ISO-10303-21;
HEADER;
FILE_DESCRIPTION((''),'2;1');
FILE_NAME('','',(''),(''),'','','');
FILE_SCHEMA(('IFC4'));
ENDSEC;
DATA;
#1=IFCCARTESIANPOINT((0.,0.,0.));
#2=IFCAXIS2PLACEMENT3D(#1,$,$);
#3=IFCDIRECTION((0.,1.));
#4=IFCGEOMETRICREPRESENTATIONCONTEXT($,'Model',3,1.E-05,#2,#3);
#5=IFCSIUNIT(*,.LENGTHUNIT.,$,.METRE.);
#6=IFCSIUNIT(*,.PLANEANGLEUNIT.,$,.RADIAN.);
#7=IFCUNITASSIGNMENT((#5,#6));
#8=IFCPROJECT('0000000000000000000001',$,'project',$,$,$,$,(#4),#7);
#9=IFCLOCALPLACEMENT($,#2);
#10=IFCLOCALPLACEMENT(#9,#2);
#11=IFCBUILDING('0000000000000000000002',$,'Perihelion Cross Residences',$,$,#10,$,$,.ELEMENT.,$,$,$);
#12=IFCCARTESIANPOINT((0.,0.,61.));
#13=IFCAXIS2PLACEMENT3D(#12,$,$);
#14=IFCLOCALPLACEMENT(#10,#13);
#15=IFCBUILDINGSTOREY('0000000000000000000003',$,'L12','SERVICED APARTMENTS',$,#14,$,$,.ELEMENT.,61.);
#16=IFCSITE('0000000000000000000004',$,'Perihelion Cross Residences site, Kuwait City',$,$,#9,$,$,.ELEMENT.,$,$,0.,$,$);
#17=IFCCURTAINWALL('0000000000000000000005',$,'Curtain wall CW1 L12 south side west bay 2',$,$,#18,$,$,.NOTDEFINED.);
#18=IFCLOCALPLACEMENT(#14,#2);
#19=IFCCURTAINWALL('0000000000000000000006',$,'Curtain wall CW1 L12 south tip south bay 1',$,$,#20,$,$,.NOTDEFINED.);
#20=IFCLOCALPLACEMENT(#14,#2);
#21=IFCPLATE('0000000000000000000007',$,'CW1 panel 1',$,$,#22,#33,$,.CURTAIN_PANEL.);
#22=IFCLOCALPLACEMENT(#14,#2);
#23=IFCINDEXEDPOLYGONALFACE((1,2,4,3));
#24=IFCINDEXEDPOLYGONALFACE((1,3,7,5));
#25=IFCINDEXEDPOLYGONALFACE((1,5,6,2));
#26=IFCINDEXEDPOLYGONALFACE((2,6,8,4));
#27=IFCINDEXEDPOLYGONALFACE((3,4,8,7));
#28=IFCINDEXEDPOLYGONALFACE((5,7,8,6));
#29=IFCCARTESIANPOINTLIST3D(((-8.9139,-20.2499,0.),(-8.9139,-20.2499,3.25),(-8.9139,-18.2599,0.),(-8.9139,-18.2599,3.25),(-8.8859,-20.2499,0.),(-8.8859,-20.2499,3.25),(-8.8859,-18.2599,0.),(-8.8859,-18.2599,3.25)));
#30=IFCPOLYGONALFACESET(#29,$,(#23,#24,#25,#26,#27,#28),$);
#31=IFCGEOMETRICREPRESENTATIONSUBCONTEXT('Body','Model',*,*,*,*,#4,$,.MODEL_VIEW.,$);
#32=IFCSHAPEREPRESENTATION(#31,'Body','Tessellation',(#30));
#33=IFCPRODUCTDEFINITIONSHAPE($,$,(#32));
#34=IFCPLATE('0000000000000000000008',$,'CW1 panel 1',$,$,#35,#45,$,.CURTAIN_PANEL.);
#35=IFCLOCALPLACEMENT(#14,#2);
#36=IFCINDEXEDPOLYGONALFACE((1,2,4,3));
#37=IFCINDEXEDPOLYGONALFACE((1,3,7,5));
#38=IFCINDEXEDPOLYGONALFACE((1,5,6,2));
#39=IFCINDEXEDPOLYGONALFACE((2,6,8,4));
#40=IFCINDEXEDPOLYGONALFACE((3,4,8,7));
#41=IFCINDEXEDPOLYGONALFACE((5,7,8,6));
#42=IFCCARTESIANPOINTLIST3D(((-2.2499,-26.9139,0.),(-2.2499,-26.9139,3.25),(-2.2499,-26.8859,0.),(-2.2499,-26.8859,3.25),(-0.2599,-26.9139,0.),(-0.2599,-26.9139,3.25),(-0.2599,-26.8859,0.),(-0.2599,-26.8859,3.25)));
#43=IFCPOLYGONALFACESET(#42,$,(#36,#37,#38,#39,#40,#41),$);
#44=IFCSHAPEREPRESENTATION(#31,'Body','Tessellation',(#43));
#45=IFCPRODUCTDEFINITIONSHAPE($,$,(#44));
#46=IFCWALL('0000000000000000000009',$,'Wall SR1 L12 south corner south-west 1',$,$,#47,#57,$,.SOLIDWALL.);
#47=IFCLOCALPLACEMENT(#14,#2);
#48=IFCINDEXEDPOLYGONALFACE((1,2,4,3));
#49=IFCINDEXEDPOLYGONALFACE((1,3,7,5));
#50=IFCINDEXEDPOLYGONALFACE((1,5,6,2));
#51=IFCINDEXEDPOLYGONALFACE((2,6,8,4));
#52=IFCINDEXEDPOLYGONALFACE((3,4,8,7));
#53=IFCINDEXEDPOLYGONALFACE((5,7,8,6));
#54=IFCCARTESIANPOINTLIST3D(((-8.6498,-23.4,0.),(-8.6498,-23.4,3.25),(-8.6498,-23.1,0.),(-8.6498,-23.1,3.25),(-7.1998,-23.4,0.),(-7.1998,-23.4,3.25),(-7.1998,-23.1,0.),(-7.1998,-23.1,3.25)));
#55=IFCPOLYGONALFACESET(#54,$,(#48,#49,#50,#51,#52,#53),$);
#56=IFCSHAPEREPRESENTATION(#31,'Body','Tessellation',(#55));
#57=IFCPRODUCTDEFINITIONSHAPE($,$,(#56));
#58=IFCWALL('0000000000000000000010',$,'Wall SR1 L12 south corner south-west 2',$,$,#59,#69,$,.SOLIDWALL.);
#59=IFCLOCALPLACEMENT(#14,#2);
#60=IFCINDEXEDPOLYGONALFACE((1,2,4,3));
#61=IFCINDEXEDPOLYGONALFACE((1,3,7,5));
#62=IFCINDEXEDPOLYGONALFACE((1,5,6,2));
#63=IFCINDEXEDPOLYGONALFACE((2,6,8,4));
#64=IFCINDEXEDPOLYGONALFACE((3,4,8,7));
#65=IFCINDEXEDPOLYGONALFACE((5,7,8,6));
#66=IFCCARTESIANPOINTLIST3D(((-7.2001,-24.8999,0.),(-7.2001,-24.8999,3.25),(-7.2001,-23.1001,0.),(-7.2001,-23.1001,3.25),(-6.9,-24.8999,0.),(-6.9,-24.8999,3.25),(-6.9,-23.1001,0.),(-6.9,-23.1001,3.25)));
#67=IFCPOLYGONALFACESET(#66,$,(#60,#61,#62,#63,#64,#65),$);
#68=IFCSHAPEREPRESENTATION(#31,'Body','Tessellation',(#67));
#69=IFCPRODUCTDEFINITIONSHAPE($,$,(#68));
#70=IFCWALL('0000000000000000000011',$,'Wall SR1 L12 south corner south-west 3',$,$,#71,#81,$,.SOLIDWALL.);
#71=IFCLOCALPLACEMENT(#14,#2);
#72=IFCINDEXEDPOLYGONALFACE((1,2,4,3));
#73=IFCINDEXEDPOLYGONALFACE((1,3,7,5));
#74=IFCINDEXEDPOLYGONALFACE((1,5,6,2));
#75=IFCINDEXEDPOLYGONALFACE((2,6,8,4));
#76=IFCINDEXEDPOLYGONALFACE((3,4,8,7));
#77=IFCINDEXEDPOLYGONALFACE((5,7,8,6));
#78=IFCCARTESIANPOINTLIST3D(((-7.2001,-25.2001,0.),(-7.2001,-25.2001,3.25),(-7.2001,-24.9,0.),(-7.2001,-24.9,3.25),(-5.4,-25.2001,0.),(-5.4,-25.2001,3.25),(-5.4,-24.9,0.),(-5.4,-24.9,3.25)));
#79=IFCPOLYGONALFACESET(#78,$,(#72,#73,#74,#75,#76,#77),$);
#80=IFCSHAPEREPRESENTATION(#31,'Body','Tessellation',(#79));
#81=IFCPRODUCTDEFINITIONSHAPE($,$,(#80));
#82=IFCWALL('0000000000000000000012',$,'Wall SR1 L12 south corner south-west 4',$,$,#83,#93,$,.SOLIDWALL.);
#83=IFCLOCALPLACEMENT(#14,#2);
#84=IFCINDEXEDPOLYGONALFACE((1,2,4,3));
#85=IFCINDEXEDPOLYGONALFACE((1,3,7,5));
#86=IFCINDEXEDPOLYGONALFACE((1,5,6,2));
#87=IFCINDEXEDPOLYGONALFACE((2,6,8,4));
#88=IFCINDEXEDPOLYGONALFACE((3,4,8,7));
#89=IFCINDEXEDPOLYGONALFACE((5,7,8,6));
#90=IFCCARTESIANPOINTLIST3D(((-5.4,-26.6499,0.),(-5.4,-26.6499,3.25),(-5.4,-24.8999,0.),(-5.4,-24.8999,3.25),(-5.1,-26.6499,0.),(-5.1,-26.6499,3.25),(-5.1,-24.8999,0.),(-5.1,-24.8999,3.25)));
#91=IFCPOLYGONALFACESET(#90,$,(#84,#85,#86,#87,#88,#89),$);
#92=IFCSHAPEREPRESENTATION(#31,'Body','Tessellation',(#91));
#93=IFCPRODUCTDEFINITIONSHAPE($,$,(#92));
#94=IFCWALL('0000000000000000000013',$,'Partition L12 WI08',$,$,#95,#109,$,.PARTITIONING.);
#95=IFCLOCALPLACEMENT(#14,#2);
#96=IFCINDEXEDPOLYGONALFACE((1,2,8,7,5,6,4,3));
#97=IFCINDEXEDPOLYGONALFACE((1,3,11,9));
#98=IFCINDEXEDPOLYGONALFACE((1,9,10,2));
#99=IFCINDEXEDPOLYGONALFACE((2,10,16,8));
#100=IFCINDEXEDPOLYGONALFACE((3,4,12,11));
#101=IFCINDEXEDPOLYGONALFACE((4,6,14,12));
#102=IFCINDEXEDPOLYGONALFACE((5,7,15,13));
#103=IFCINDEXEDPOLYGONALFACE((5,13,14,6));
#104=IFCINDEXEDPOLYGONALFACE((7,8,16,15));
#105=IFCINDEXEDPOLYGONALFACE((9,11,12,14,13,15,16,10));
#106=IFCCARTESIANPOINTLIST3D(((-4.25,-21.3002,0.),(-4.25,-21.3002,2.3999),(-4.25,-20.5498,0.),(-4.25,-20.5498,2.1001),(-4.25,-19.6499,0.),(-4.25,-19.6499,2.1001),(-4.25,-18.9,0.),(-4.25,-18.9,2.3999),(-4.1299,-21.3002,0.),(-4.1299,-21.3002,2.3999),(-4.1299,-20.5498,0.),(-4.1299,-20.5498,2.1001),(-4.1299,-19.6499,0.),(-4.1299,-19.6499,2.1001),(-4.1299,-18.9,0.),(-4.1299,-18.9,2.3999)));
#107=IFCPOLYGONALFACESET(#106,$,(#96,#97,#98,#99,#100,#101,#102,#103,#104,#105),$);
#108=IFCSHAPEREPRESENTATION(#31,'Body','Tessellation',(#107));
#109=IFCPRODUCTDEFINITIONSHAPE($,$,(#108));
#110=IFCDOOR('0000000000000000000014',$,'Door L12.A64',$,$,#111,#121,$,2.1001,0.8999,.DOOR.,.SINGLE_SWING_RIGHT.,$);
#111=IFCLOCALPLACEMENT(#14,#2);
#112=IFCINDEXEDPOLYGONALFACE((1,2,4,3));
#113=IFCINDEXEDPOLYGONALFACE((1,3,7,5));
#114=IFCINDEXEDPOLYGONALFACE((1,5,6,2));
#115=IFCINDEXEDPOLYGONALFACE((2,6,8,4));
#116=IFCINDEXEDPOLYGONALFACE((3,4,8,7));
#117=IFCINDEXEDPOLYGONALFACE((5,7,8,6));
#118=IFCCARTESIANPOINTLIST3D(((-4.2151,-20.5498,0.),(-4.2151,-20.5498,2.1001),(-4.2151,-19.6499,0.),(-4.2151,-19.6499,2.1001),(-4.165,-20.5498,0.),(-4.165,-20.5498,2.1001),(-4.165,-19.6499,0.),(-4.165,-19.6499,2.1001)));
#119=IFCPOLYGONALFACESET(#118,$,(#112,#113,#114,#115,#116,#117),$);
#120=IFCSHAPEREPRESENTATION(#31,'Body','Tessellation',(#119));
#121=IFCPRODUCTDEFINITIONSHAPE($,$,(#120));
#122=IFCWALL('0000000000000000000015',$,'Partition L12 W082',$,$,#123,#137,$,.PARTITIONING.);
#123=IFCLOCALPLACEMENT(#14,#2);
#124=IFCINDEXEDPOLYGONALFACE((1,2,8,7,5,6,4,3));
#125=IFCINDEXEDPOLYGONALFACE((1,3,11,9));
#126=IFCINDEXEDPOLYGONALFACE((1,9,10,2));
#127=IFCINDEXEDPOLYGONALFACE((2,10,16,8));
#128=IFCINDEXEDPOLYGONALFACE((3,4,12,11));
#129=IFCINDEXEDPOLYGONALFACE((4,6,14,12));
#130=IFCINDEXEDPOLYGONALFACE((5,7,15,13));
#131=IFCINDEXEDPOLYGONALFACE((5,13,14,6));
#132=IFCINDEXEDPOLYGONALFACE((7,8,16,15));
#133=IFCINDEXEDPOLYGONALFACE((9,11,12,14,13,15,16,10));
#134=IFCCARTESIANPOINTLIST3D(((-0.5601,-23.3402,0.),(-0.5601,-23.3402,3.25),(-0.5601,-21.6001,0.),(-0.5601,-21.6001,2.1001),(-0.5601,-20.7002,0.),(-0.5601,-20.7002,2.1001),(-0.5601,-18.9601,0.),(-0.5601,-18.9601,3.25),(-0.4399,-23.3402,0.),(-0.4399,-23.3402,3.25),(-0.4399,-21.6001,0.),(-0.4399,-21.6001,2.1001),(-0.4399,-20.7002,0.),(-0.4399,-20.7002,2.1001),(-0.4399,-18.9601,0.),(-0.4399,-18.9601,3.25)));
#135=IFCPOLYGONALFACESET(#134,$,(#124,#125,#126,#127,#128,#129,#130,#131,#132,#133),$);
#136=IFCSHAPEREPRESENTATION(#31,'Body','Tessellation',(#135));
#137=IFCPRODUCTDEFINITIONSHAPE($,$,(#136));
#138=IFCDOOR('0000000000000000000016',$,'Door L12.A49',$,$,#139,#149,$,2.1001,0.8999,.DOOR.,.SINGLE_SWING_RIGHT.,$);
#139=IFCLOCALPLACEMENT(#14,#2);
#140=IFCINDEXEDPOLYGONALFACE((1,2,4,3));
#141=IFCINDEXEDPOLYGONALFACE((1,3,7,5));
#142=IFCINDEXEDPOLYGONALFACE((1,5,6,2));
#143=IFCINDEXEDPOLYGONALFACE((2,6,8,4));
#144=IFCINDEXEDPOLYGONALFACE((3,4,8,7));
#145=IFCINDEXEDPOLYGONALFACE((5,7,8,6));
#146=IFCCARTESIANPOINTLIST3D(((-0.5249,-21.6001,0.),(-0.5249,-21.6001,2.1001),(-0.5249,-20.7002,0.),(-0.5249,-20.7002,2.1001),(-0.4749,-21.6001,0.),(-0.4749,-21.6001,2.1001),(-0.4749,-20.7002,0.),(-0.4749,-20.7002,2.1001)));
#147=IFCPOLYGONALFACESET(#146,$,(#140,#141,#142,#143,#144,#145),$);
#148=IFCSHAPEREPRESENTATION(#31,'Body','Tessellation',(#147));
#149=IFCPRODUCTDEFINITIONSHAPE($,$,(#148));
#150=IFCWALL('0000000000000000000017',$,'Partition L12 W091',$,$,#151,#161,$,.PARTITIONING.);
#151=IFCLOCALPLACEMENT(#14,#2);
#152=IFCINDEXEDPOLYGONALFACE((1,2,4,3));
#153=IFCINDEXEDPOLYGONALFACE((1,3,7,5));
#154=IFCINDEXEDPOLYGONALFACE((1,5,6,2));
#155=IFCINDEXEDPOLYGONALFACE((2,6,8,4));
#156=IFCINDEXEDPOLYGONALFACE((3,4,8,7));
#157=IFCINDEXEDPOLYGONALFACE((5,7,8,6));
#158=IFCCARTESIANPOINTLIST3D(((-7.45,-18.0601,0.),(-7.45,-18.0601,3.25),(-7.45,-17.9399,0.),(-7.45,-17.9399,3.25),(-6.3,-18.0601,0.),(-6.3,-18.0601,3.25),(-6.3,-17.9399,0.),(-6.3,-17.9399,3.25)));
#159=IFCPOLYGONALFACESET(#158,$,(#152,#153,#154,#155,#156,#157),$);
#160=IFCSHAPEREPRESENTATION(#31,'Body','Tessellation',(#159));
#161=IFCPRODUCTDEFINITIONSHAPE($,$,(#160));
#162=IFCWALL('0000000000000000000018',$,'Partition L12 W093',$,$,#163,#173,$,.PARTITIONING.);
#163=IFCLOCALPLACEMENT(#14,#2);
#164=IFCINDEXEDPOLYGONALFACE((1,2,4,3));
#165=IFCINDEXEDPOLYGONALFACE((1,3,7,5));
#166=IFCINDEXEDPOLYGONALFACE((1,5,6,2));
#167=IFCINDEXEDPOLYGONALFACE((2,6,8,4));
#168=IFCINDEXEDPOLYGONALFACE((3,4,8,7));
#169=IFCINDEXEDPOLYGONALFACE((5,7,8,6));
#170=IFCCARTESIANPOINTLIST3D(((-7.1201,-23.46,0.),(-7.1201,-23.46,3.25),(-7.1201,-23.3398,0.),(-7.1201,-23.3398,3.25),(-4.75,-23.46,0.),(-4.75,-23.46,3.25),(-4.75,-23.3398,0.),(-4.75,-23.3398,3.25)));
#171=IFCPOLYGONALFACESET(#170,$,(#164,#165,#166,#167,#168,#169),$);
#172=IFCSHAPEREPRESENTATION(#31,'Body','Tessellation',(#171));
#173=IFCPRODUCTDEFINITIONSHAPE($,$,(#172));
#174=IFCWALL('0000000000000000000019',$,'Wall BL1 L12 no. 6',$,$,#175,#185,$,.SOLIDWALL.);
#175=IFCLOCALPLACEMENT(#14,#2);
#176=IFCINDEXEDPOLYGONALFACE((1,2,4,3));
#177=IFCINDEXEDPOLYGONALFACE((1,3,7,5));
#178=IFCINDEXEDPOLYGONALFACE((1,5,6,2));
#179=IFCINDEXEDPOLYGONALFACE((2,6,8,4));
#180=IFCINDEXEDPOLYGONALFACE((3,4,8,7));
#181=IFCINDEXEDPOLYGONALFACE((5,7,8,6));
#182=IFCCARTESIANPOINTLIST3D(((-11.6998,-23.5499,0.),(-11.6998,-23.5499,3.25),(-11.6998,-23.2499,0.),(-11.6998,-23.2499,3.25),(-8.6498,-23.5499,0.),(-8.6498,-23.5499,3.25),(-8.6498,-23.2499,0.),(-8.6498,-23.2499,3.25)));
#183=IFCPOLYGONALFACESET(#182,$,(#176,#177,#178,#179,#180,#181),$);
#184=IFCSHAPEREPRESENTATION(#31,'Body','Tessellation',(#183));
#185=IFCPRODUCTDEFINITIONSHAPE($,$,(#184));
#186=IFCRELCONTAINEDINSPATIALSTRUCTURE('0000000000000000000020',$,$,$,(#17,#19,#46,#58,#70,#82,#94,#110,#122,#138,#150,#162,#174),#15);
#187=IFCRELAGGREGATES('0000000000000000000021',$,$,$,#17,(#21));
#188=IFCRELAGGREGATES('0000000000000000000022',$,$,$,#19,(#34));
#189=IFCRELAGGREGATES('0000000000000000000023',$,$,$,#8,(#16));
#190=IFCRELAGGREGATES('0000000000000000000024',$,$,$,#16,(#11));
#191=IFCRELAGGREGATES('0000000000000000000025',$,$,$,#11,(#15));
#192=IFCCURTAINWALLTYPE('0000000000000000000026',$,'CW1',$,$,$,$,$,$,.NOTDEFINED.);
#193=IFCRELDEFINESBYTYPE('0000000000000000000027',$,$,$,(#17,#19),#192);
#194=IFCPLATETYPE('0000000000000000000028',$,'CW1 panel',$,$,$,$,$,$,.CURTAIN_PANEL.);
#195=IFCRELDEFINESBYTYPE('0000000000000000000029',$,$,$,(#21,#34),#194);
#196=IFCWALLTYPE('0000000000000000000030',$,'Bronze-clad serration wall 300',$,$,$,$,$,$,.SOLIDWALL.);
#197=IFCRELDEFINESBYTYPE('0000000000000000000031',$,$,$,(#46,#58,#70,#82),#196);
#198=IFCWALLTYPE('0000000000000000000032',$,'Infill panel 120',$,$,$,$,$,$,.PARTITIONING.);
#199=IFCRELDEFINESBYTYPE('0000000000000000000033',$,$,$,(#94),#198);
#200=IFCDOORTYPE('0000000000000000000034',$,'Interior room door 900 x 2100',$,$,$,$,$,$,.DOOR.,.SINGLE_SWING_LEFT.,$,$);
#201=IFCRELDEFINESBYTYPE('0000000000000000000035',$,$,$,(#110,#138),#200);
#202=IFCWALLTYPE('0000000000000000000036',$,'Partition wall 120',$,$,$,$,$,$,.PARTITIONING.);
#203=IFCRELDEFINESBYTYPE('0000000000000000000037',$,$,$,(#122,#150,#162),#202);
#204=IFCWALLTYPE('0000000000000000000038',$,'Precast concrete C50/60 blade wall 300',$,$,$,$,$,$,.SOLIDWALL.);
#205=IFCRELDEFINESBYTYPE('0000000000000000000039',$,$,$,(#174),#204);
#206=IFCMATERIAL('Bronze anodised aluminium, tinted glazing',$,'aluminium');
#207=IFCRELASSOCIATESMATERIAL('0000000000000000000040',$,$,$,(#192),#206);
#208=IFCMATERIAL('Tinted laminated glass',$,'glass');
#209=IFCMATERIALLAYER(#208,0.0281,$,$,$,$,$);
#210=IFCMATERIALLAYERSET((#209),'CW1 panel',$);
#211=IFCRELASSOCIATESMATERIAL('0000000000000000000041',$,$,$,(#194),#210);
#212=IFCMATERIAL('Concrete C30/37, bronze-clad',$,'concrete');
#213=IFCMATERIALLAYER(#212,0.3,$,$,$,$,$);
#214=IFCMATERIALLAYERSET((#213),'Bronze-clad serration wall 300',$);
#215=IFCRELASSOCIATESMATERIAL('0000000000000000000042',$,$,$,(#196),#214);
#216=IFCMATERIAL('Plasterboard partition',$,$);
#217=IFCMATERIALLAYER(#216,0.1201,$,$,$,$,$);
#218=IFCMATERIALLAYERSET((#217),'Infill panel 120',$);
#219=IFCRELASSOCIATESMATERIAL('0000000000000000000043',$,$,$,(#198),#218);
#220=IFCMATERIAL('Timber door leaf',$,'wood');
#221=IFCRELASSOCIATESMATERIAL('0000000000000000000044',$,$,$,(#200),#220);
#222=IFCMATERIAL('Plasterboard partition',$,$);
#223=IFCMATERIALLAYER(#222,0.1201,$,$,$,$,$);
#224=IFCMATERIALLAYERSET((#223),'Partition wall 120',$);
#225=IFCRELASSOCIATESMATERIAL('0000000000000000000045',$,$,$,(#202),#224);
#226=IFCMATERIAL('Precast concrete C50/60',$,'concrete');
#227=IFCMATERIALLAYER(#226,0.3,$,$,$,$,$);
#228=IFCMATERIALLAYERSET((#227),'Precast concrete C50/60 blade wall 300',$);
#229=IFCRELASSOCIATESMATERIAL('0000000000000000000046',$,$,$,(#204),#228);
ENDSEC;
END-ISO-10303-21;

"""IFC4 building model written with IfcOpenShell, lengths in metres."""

from ifc_helpers import new_model, si_unit, direction, frame, frame_2d, origin, origin_2d, place, context, subcontext, project, spatial, rectangle, extrude, material, layer, layer_set, type_object, element, fill, aggregate, save


model = new_model("IFC4")

# Units and contexts
model_context = context("Model", 3, precision=1e-05, world=origin(), true_north=direction((0.0, 1.0)))
body_context = subcontext(model_context, "Body", "Model", "MODEL_VIEW")
ifc_project = project(units=[si_unit("LENGTHUNIT", "METRE"), si_unit("PLANEANGLEUNIT", "RADIAN")], contexts=[model_context])

# Site, building, storey
site_placement = place(None, origin())
site = spatial("IfcSite", under=ifc_project, at=site_placement, Name="Perihelion Cross Residences site, Kuwait City", CompositionType="ELEMENT", RefElevation=0.0)
building_placement = place(site_placement, origin())
building = spatial("IfcBuilding", under=site, at=building_placement, Name="Perihelion Cross Residences", CompositionType="ELEMENT")
storey_placement = place(building_placement, frame((0.0, 0.0, 61.0)))
storey = spatial("IfcBuildingStorey", under=building, at=storey_placement, Name="L12", Description="SERVICED APARTMENTS", CompositionType="ELEMENT", Elevation=61.0)

# Curtain walls
ifc_material_1 = material(Name="Bronze anodised aluminium, tinted glazing", Category="aluminium")
curtain_wall_type = type_object("IfcCurtainWallType", Name="CW1", PredefinedType="NOTDEFINED", material=ifc_material_1)
curtain_wall_1_placement = place(storey_placement, origin())
curtain_wall_1 = element("IfcCurtainWall", 1, at=curtain_wall_1_placement, inside=storey, type_object=curtain_wall_type, Name="Curtain wall CW1 L12 south side west bay 2", PredefinedType="NOTDEFINED")
curtain_wall_2_placement = place(storey_placement, origin())
curtain_wall_2 = element("IfcCurtainWall", 2, at=curtain_wall_2_placement, inside=storey, type_object=curtain_wall_type, Name="Curtain wall CW1 L12 south tip south bay 1", PredefinedType="NOTDEFINED")

# Plates
ifc_material_2 = material(Name="Tinted laminated glass", Category="glass")
ifc_layer_1 = layer(ifc_material_2, 0.0281)
ifc_layer_set_1 = layer_set([ifc_layer_1], Name="CW1 panel")
plate_type = type_object("IfcPlateType", Name="CW1 panel", PredefinedType="CURTAIN_PANEL", material=ifc_layer_set_1)
plate_1_placement = place(storey_placement, frame((-8.8999, -19.2549, 0.0), z_axis=(0.0, 0.0, 1.0), x_axis=(0.0, -1.0, 0.0)))
plate_1 = element("IfcPlate", 3, at=plate_1_placement, type_object=plate_type, Name="CW1 panel 1", PredefinedType="CURTAIN_PANEL", context=body_context, shape_type="SweptSolid", body=[
    extrude(rectangle(XDim=1.99, YDim=0.0281, at=origin_2d()), origin(), (0.0, 0.0, 1.0), 3.25),
])
aggregate(curtain_wall_1, [plate_1])
plate_2_placement = place(storey_placement, frame((-1.2549, -26.8999, 0.0), z_axis=(0.0, 0.0, 1.0), x_axis=(1.0, 0.0, 0.0)))
plate_2 = element("IfcPlate", 4, at=plate_2_placement, type_object=plate_type, Name="CW1 panel 1", PredefinedType="CURTAIN_PANEL", context=body_context, shape_type="SweptSolid", body=[
    extrude(rectangle(XDim=1.99, YDim=0.0281, at=origin_2d()), origin(), (0.0, 0.0, 1.0), 3.25),
])
aggregate(curtain_wall_2, [plate_2])

# Walls
ifc_material_3 = material(Name="Concrete C30/37, bronze-clad", Category="concrete")
ifc_layer_2 = layer(ifc_material_3, 0.3)
ifc_layer_set_2 = layer_set([ifc_layer_2], Name="Bronze-clad serration wall 300")
wall_type_1 = type_object("IfcWallType", Name="Bronze-clad serration wall 300", PredefinedType="SOLIDWALL", material=ifc_layer_set_2)
wall_1_placement = place(storey_placement, frame((-8.6499, -23.25, 0.0), z_axis=(0.0, 0.0, 1.0), x_axis=(1.0, 0.0, 0.0)))
element("IfcWall", 5, at=wall_1_placement, inside=storey, type_object=wall_type_1, Name="Wall SR1 L12 south corner south-west 1", PredefinedType="SOLIDWALL", context=body_context, shape_type="SweptSolid", body=[
    extrude(rectangle(XDim=1.45, YDim=0.3, at=frame_2d((0.7251, 0.0))), origin(), (0.0, 0.0, 1.0), 3.25),
])
wall_2_placement = place(storey_placement, frame((-7.05, -23.1001, 0.0), z_axis=(0.0, 0.0, 1.0), x_axis=(0.0, -1.0, 0.0)))
element("IfcWall", 6, at=wall_2_placement, inside=storey, type_object=wall_type_1, Name="Wall SR1 L12 south corner south-west 2", PredefinedType="SOLIDWALL", context=body_context, shape_type="SweptSolid", body=[
    extrude(rectangle(XDim=1.7998, YDim=0.3, at=frame_2d((0.8999, 0.0))), origin(), (0.0, 0.0, 1.0), 3.25),
])
wall_3_placement = place(storey_placement, frame((-7.2, -25.05, 0.0), z_axis=(0.0, 0.0, 1.0), x_axis=(1.0, 0.0, 0.0)))
element("IfcWall", 7, at=wall_3_placement, inside=storey, type_object=wall_type_1, Name="Wall SR1 L12 south corner south-west 3", PredefinedType="SOLIDWALL", context=body_context, shape_type="SweptSolid", body=[
    extrude(rectangle(XDim=1.8, YDim=0.3, at=frame_2d((0.8999, 0.0))), origin(), (0.0, 0.0, 1.0), 3.25),
])
wall_4_placement = place(storey_placement, frame((-5.25, -24.8999, 0.0), z_axis=(0.0, 0.0, 1.0), x_axis=(0.0, -1.0, 0.0)))
element("IfcWall", 8, at=wall_4_placement, inside=storey, type_object=wall_type_1, Name="Wall SR1 L12 south corner south-west 4", PredefinedType="SOLIDWALL", context=body_context, shape_type="SweptSolid", body=[
    extrude(rectangle(XDim=1.75, YDim=0.3, at=frame_2d((0.875, 0.0))), origin(), (0.0, 0.0, 1.0), 3.25),
])

# Walls, openings, doors
ifc_material_4 = material(Name="Plasterboard partition")
ifc_layer_3 = layer(ifc_material_4, 0.1201)
ifc_layer_set_3 = layer_set([ifc_layer_3], Name="Infill panel 120")
wall_type_2 = type_object("IfcWallType", Name="Infill panel 120", PredefinedType="PARTITIONING", material=ifc_layer_set_3)
wall_5_placement = place(storey_placement, frame((-4.1899, -18.8999, 0.0), z_axis=(0.0, 0.0, 1.0), x_axis=(0.0, -1.0, 0.0)))
wall_5 = element("IfcWall", 9, at=wall_5_placement, inside=storey, type_object=wall_type_2, Name="Partition L12 WI08", PredefinedType="PARTITIONING", context=body_context, shape_type="SweptSolid", body=[
    extrude(rectangle(XDim=2.4001, YDim=0.1201, at=frame_2d((1.2002, 0.0))), origin(), (0.0, 0.0, 1.0), 2.3999),
])
opening_1_placement = place(wall_5_placement, frame((0.75, 0.0, 0.0)))
opening_1 = element("IfcOpeningElement", 10, at=opening_1_placement, cuts=wall_5, PredefinedType="OPENING", context=body_context, shape_type="SweptSolid", body=[
    extrude(rectangle(XDim=0.8999, YDim=2.1001, at=frame_2d((0.45, 1.05))), frame((0.0, 0.0701, 0.0), z_axis=(0.0, -1.0, 0.0), x_axis=(1.0, 0.0, 0.0)), (0.0, 0.0, 1.0), 0.1401),
])
ifc_material_5 = material(Name="Timber door leaf", Category="wood")
door_type_1 = type_object("IfcDoorType", Name="Interior room door 900 x 2100", OperationType="SINGLE_SWING_LEFT", PredefinedType="DOOR", material=ifc_material_5)
door_1_placement = place(opening_1_placement, origin())
door_1 = element("IfcDoor", 11, at=door_1_placement, inside=storey, type_object=door_type_1, Name="Door L12.A64", OperationType="SINGLE_SWING_RIGHT", OverallHeight=2.1001, OverallWidth=0.8999, PredefinedType="DOOR", context=body_context, shape_type="SweptSolid", body=[
    extrude(rectangle(XDim=0.8999, YDim=2.1001, at=frame_2d((0.45, 1.05))), frame((0.0, 0.0249, 0.0), z_axis=(0.0, -1.0, 0.0), x_axis=(1.0, 0.0, 0.0)), (0.0, 0.0, 1.0), 0.05),
])
fill(opening_1, door_1)
ifc_material_6 = material(Name="Plasterboard partition")
ifc_layer_4 = layer(ifc_material_6, 0.1201)
ifc_layer_set_4 = layer_set([ifc_layer_4], Name="Partition wall 120")
wall_type_3 = type_object("IfcWallType", Name="Partition wall 120", PredefinedType="PARTITIONING", material=ifc_layer_set_4)
wall_6_placement = place(storey_placement, frame((-0.5, -23.3401, 0.0), z_axis=(0.0, 0.0, 1.0), x_axis=(0.0, 1.0, 0.0)))
wall_6 = element("IfcWall", 12, at=wall_6_placement, inside=storey, type_object=wall_type_3, Name="Partition L12 W082", PredefinedType="PARTITIONING", context=body_context, shape_type="SweptSolid", body=[
    extrude(rectangle(XDim=4.3801, YDim=0.1201, at=frame_2d((2.1899, 0.0))), origin(), (0.0, 0.0, 1.0), 3.25),
])
opening_2_placement = place(wall_6_placement, frame((1.74, 0.0, 0.0)))
opening_2 = element("IfcOpeningElement", 13, at=opening_2_placement, cuts=wall_6, PredefinedType="OPENING", context=body_context, shape_type="SweptSolid", body=[
    extrude(rectangle(XDim=0.8999, YDim=2.1001, at=frame_2d((0.45, 1.05))), frame((0.0, 0.0701, 0.0), z_axis=(0.0, -1.0, 0.0), x_axis=(1.0, 0.0, 0.0)), (0.0, 0.0, 1.0), 0.1401),
])
door_2_placement = place(opening_2_placement, origin())
door_2 = element("IfcDoor", 14, at=door_2_placement, inside=storey, type_object=door_type_1, Name="Door L12.A49", OperationType="SINGLE_SWING_RIGHT", OverallHeight=2.1001, OverallWidth=0.8999, PredefinedType="DOOR", context=body_context, shape_type="SweptSolid", body=[
    extrude(rectangle(XDim=0.8999, YDim=2.1001, at=frame_2d((0.45, 1.05))), frame((0.0, 0.0249, 0.0), z_axis=(0.0, -1.0, 0.0), x_axis=(1.0, 0.0, 0.0)), (0.0, 0.0, 1.0), 0.05),
])
fill(opening_2, door_2)

# Walls
wall_7_placement = place(storey_placement, frame((-6.3, -18.0, 0.0), z_axis=(0.0, 0.0, 1.0), x_axis=(-1.0, 0.0, 0.0)))
element("IfcWall", 15, at=wall_7_placement, inside=storey, type_object=wall_type_3, Name="Partition L12 W091", PredefinedType="PARTITIONING", context=body_context, shape_type="SweptSolid", body=[
    extrude(rectangle(XDim=1.1499, YDim=0.1201, at=frame_2d((0.575, 0.0))), origin(), (0.0, 0.0, 1.0), 3.25),
])
wall_8_placement = place(storey_placement, frame((-4.75, -23.3999, 0.0), z_axis=(0.0, 0.0, 1.0), x_axis=(-1.0, 0.0, 0.0)))
element("IfcWall", 16, at=wall_8_placement, inside=storey, type_object=wall_type_3, Name="Partition L12 W093", PredefinedType="PARTITIONING", context=body_context, shape_type="SweptSolid", body=[
    extrude(rectangle(XDim=2.3701, YDim=0.1201, at=frame_2d((1.1851, 0.0))), origin(), (0.0, 0.0, 1.0), 3.25),
])
ifc_material_7 = material(Name="Precast concrete C50/60", Category="concrete")
ifc_layer_5 = layer(ifc_material_7, 0.3)
ifc_layer_set_5 = layer_set([ifc_layer_5], Name="Precast concrete C50/60 blade wall 300")
wall_type_4 = type_object("IfcWallType", Name="Precast concrete C50/60 blade wall 300", PredefinedType="SOLIDWALL", material=ifc_layer_set_5)
for number, where, z_axis, x_axis, name in (
    (17, (-8.6499, -23.3999, 0.0), (0.0, 0.0, 1.0), (-1.0, 0.0, 0.0), "Wall BL1 L12 no. 6"),
):
    element("IfcWall", number, at=place(storey_placement, frame(where, z_axis=z_axis, x_axis=x_axis)), inside=storey, type_object=wall_type_4, Name=name, PredefinedType="SOLIDWALL", context=body_context, shape_type="SweptSolid", body=[
        extrude(rectangle(XDim=3.05, YDim=0.3, at=frame_2d((1.5249, 0.0))), origin(), (0.0, 0.0, 1.0), 3.25),
    ])

save(model, "model.ifc")
